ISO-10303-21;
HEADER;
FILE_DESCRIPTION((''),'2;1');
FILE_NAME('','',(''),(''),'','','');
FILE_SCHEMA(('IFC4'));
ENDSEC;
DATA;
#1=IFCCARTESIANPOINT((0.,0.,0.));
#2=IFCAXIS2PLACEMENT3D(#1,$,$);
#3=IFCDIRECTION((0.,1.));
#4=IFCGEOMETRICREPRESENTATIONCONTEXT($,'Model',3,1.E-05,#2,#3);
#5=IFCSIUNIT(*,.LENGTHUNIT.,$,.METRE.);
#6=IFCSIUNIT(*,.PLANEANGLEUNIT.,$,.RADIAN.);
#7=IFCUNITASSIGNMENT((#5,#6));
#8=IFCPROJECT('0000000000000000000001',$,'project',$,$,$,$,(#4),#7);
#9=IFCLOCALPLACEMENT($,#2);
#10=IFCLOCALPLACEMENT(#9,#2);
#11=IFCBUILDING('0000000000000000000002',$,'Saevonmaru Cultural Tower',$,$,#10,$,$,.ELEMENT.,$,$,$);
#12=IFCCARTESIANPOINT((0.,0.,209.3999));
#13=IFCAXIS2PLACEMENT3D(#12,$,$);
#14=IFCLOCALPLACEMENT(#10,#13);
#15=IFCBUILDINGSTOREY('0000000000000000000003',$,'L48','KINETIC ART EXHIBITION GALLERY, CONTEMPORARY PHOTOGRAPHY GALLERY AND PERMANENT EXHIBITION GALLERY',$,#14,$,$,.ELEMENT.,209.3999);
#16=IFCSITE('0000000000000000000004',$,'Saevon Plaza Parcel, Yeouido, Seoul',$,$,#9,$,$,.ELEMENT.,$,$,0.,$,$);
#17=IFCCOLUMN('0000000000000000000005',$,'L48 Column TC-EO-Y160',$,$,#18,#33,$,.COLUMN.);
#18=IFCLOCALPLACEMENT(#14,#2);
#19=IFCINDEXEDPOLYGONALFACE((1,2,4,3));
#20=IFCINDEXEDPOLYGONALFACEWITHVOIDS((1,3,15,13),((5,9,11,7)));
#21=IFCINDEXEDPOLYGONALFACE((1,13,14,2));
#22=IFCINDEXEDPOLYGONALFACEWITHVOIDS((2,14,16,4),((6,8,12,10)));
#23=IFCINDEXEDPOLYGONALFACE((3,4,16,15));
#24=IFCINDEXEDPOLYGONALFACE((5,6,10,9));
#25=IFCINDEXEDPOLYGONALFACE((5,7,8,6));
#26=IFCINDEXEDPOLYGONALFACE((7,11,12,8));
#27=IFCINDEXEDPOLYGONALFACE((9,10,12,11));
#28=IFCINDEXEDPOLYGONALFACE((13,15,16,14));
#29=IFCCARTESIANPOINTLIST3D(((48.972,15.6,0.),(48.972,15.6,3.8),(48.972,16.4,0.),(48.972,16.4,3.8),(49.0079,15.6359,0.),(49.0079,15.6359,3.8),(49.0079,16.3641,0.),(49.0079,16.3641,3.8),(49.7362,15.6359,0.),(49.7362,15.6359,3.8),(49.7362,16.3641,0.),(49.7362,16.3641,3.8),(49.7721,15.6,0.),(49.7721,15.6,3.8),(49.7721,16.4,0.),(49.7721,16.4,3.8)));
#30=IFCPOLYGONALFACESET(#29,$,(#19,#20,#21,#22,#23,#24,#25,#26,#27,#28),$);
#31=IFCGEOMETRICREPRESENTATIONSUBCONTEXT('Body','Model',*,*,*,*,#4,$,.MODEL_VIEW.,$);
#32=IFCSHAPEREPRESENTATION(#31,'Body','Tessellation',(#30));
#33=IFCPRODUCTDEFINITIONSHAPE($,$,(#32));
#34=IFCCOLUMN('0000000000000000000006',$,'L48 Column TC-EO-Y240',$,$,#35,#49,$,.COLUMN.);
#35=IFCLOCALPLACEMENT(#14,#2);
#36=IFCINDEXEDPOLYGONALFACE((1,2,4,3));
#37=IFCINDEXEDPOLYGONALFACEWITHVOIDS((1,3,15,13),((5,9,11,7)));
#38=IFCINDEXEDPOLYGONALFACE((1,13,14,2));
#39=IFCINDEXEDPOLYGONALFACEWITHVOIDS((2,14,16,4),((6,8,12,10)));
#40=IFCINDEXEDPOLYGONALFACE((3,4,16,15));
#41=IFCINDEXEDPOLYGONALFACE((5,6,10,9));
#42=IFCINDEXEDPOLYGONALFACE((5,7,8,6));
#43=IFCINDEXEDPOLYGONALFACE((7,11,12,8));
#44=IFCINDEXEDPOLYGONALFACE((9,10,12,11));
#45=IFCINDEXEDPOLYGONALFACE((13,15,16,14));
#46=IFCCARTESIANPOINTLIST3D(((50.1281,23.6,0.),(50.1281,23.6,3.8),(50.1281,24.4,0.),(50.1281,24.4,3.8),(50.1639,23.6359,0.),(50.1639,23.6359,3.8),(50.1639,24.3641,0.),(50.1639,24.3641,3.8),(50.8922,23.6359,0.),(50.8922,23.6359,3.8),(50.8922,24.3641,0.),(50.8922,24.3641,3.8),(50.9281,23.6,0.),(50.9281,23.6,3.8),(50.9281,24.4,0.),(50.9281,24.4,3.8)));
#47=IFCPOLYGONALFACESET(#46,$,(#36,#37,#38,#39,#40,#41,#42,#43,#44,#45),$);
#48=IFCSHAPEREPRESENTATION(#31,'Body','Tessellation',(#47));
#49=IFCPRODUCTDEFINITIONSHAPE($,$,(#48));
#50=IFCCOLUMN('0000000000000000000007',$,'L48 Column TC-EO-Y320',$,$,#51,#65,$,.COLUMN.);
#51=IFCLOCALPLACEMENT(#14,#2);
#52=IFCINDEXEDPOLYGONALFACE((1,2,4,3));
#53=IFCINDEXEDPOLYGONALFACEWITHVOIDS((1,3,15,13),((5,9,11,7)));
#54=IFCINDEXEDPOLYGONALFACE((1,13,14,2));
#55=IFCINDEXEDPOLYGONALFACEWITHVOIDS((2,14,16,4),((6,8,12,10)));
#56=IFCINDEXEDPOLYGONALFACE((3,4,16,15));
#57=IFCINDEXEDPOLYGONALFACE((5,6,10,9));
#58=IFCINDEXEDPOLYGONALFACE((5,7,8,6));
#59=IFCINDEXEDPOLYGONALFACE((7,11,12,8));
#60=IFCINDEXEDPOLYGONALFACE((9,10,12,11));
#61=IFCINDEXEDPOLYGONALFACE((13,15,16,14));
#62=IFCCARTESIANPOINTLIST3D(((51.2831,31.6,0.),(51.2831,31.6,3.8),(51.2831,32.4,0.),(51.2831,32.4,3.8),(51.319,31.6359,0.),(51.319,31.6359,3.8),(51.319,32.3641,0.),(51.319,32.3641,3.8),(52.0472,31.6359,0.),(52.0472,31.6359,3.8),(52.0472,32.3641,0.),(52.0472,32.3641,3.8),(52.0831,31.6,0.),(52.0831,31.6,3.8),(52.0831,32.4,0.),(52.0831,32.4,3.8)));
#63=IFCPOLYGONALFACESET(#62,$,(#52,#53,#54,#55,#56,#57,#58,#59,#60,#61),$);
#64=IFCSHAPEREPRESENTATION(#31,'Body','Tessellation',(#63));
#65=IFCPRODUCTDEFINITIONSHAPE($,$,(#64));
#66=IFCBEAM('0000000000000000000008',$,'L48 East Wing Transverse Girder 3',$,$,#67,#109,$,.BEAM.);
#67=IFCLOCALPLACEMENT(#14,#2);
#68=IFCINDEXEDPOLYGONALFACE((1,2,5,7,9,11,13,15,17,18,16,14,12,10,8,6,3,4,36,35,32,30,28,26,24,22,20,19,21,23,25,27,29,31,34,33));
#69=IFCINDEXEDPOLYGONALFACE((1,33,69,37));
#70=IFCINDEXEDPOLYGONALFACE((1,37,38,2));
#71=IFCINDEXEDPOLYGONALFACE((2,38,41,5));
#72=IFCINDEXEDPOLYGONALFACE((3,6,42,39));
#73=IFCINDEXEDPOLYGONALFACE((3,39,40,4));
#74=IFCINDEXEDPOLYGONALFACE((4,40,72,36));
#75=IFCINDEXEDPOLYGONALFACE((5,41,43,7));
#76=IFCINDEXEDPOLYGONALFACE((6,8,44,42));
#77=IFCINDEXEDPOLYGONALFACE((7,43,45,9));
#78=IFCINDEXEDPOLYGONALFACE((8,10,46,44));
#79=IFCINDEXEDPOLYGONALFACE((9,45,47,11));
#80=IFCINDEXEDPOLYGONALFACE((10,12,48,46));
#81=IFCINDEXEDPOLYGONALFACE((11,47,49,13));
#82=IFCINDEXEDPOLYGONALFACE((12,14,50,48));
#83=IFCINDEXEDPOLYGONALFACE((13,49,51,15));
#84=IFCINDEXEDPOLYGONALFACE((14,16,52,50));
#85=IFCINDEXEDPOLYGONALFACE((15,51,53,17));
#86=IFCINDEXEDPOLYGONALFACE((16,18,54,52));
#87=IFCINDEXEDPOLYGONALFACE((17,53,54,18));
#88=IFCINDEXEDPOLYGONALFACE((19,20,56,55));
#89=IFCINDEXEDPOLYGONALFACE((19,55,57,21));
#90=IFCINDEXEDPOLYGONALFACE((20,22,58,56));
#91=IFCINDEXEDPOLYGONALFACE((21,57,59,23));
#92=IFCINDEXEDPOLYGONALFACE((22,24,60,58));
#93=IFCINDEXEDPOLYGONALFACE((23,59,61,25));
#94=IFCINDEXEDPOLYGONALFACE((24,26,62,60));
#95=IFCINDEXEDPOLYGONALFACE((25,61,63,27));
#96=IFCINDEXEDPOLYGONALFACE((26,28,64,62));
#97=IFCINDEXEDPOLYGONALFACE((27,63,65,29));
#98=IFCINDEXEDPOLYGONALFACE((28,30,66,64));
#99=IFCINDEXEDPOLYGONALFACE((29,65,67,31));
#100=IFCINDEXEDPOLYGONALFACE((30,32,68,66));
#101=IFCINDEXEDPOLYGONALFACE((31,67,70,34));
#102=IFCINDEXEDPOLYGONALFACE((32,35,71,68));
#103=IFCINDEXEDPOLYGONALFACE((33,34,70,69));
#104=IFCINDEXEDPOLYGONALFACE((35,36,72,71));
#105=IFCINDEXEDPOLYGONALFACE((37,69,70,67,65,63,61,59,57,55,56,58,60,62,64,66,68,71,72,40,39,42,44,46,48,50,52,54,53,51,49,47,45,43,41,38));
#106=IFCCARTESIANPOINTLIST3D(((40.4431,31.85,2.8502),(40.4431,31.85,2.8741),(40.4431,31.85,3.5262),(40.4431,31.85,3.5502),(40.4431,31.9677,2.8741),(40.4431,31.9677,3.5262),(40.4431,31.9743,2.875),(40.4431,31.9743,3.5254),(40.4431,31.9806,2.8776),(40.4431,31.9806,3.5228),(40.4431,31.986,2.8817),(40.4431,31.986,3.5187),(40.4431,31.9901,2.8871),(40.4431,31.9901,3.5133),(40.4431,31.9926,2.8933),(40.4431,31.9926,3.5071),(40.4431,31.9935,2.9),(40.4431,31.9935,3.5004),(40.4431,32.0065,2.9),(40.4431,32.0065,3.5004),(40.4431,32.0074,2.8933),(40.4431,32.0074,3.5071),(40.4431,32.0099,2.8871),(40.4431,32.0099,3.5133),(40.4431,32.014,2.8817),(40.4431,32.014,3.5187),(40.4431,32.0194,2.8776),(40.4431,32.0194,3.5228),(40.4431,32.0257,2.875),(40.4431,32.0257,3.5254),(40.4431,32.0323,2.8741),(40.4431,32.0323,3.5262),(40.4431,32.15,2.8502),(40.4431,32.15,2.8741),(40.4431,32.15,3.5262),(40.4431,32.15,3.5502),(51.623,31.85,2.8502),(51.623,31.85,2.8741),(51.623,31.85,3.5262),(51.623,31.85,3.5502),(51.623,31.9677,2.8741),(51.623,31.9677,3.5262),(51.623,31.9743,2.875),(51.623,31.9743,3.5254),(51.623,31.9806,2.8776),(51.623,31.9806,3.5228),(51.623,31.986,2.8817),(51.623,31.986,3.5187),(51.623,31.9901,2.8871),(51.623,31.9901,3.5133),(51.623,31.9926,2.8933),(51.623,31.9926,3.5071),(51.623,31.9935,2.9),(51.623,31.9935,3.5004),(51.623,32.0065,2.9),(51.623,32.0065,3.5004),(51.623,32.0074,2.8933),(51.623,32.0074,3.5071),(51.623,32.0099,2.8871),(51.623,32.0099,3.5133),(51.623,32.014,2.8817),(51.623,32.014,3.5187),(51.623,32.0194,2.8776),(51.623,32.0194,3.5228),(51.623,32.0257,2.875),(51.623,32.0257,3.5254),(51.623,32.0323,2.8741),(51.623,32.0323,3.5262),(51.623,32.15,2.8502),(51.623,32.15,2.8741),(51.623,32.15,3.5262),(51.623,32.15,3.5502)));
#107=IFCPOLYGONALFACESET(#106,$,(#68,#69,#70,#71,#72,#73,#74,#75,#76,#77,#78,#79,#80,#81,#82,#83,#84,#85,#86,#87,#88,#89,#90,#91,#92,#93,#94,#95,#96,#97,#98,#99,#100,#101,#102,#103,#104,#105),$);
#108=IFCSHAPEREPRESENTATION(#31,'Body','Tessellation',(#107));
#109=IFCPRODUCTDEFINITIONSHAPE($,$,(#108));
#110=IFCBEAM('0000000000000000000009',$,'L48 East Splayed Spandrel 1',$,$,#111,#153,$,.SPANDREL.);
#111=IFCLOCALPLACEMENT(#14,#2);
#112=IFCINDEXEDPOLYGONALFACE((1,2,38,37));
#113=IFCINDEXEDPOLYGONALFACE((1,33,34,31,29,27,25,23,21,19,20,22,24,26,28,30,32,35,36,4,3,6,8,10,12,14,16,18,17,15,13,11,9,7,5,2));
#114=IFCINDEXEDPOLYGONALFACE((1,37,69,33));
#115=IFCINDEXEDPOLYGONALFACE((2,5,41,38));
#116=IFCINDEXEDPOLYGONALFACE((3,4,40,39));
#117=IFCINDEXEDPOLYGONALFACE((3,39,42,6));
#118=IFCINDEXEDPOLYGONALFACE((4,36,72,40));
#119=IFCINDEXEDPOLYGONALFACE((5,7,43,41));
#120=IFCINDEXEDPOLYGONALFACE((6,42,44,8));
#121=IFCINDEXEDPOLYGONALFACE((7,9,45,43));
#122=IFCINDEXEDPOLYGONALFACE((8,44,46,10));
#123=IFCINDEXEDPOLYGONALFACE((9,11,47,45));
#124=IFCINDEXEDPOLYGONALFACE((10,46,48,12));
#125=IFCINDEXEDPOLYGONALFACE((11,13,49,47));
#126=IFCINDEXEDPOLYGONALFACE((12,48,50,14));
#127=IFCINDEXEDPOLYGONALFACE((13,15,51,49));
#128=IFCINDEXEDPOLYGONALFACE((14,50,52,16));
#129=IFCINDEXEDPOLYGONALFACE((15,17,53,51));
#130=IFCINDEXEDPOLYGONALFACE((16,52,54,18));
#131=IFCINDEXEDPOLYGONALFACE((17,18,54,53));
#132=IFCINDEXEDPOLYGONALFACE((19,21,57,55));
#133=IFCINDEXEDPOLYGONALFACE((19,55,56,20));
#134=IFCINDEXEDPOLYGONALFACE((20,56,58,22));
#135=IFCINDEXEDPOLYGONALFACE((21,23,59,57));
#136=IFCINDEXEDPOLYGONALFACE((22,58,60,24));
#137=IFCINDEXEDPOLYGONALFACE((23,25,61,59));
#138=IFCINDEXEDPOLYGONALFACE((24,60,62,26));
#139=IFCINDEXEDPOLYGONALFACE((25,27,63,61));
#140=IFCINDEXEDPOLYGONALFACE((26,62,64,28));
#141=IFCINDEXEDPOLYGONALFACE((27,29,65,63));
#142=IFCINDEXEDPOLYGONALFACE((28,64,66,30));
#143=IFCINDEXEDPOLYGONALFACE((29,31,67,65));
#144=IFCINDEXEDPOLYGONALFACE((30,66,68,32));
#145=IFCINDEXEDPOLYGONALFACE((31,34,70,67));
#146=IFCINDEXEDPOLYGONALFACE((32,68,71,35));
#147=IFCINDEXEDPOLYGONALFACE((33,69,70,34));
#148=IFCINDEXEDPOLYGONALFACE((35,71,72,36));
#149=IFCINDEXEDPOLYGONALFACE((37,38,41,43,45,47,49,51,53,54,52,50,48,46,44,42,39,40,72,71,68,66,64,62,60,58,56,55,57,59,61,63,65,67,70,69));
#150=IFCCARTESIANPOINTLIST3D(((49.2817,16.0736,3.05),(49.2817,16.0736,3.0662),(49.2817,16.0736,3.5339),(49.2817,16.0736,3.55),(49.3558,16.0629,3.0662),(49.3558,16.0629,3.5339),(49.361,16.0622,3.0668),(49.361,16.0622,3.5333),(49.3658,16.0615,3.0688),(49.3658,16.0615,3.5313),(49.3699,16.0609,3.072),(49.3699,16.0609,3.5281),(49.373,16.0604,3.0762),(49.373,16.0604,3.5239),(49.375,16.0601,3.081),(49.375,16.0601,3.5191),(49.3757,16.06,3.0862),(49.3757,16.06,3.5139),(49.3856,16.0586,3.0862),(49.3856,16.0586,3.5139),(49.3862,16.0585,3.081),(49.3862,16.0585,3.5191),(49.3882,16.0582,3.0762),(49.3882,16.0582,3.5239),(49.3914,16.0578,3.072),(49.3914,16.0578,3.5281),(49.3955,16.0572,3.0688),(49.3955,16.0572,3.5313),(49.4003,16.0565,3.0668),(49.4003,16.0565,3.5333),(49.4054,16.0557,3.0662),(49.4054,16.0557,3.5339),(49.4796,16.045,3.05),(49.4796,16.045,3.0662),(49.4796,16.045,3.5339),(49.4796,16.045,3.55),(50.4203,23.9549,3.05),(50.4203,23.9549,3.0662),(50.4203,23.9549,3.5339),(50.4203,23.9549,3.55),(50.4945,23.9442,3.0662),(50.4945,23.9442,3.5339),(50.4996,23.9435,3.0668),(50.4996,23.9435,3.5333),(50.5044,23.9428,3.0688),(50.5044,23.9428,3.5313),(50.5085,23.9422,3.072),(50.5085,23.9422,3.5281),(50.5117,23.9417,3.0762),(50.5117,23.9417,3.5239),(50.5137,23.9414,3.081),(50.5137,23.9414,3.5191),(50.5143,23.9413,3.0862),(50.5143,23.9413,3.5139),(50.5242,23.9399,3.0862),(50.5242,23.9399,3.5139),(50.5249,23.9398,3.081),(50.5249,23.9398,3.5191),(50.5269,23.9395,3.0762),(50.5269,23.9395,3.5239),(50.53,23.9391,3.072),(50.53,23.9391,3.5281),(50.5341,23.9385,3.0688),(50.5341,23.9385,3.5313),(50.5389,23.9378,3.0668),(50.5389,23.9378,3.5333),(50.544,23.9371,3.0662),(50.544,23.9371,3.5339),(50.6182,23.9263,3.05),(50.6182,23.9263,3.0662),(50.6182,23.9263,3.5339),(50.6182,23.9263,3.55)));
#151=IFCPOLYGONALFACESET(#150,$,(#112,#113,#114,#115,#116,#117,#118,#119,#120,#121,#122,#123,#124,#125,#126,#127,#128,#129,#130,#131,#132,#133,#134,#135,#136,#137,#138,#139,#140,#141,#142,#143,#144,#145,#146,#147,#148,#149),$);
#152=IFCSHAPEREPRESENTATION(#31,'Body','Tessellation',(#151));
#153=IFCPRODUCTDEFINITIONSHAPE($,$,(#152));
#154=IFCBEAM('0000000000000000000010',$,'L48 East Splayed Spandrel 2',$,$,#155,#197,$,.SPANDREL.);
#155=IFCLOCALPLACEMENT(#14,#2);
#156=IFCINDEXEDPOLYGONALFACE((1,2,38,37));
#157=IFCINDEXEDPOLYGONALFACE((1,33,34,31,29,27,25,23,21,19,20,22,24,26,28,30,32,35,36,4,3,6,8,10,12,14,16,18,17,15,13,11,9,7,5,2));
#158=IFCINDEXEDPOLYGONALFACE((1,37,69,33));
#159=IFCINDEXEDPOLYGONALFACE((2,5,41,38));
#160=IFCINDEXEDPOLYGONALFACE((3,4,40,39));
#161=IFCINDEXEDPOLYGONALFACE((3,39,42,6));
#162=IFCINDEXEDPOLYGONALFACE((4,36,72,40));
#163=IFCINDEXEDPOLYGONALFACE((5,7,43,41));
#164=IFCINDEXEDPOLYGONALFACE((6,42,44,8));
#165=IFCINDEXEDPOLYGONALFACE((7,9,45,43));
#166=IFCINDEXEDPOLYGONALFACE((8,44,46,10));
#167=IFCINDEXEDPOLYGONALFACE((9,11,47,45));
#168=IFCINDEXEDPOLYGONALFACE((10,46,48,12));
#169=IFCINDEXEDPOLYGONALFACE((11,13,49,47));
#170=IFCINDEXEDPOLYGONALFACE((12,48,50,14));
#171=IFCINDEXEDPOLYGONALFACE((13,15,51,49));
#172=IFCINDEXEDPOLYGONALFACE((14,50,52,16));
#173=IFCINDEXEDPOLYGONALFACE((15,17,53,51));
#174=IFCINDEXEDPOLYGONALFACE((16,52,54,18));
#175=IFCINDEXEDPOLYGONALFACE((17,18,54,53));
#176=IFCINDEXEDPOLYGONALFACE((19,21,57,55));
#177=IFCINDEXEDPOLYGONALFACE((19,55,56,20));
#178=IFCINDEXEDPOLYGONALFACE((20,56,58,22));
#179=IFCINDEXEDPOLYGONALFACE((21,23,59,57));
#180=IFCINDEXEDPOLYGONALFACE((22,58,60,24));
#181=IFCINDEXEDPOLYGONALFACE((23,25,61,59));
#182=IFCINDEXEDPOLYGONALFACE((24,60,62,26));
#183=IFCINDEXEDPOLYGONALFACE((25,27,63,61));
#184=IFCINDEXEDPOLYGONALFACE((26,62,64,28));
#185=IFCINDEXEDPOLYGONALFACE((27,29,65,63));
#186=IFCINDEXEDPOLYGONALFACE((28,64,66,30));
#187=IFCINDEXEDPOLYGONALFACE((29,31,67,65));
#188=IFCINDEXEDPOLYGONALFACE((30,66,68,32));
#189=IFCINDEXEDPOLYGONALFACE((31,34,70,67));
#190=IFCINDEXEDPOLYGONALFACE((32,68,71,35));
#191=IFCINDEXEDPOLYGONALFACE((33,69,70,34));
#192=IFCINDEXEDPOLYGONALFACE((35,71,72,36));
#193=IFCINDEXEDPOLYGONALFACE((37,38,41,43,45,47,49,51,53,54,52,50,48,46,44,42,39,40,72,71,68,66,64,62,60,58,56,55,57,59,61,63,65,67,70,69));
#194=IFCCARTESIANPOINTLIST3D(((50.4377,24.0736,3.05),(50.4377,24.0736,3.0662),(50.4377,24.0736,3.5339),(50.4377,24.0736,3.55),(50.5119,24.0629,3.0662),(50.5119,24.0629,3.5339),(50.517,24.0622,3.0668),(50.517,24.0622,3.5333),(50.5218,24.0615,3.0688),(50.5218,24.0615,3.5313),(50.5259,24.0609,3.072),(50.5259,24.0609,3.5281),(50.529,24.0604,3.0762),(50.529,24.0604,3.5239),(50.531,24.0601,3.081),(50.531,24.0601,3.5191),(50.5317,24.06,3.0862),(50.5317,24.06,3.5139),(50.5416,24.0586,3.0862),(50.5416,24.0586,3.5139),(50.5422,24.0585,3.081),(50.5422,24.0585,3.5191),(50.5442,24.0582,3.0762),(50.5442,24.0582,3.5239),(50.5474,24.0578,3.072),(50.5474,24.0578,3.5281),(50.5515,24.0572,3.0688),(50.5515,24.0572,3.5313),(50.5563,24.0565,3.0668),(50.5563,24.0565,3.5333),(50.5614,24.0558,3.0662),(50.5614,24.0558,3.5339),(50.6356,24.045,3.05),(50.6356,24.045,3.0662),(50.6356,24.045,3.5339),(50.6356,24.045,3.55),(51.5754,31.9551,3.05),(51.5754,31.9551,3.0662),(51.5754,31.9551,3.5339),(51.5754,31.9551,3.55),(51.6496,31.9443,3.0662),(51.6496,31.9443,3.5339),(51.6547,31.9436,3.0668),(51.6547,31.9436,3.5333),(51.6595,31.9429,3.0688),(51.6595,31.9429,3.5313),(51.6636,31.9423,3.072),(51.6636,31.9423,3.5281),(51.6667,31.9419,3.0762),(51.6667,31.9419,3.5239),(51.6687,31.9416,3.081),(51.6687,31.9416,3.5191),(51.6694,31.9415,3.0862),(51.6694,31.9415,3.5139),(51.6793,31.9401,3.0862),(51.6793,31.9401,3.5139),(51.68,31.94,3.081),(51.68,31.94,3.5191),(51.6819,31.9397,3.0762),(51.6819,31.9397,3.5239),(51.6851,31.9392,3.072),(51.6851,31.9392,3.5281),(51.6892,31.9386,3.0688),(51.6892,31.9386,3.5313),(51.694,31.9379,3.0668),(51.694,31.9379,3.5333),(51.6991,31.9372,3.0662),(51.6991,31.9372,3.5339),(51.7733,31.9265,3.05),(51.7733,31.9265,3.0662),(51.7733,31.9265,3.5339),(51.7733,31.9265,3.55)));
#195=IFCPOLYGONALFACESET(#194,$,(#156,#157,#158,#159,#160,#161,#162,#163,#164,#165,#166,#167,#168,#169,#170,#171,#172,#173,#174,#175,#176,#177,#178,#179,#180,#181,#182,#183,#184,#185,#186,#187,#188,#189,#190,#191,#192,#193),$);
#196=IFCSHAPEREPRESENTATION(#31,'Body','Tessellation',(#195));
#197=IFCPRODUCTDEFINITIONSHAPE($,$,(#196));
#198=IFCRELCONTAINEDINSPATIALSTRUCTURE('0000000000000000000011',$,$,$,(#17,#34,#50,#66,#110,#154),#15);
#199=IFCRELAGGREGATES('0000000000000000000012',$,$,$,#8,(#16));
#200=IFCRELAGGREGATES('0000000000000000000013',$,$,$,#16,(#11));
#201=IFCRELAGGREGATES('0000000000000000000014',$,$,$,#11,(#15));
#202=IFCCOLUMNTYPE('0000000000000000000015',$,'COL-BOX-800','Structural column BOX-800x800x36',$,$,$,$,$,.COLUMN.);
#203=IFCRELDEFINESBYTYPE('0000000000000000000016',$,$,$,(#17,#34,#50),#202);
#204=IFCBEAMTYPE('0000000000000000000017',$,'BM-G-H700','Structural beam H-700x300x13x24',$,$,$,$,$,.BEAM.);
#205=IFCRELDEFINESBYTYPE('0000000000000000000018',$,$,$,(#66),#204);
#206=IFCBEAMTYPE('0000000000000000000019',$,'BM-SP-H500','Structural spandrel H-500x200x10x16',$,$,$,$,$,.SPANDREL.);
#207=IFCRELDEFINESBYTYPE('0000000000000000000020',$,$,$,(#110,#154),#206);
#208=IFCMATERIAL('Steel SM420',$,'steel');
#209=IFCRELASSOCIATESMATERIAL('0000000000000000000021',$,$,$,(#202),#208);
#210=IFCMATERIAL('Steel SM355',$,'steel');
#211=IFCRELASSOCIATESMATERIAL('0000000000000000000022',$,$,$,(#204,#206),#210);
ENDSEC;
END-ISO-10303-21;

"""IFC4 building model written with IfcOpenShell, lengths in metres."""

from ifc_helpers import new_model, si_unit, direction, frame, origin, origin_2d, place, context, subcontext, project, spatial, hollow_rectangle, i_section, extrude, material, material_profile, profile_set, type_object, element, save


model = new_model("IFC4")

# Units and contexts
model_context = context("Model", 3, precision=1e-05, world=origin(), true_north=direction((0.0, 1.0)))
body_context = subcontext(model_context, "Body", "Model", "MODEL_VIEW")
ifc_project = project(units=[si_unit("LENGTHUNIT", "METRE"), si_unit("PLANEANGLEUNIT", "RADIAN")], contexts=[model_context])

# Site, building, storey
site_placement = place(None, origin())
site = spatial("IfcSite", under=ifc_project, at=site_placement, Name="Saevon Plaza Parcel, Yeouido, Seoul", CompositionType="ELEMENT", RefElevation=0.0)
building_placement = place(site_placement, origin())
building = spatial("IfcBuilding", under=site, at=building_placement, Name="Saevonmaru Cultural Tower", CompositionType="ELEMENT")
storey_placement = place(building_placement, frame((0.0, 0.0, 209.3999)))
storey = spatial("IfcBuildingStorey", under=building, at=storey_placement, Name="L48", Description="KINETIC ART EXHIBITION GALLERY, CONTEMPORARY PHOTOGRAPHY GALLERY AND PERMANENT EXHIBITION GALLERY", CompositionType="ELEMENT", Elevation=209.3999)

# Columns
ifc_material_1 = material(Name="Steel SM420", Category="steel")
ifc_material_profile_1 = material_profile(ifc_material_1, hollow_rectangle(XDim=0.8, YDim=0.8, WallThickness=0.0359, at=origin_2d()), Name="BOX-800x800x36")
ifc_profile_set_1 = profile_set([ifc_material_profile_1], Name="Steel SM420")
column_type = type_object("IfcColumnType", Name="COL-BOX-800", Description="Structural column BOX-800x800x36", PredefinedType="COLUMN", material=ifc_profile_set_1)
for number, where, z_axis, x_axis, name in (
    (1, (49.3721, 16.0, 0.0), (0.0, 0.0, 1.0), (1.0, 0.0, 0.0), "L48 Column TC-EO-Y160"),
    (2, (50.5281, 24.0, 0.0), (0.0, 0.0, 1.0), (1.0, 0.0, 0.0), "L48 Column TC-EO-Y240"),
    (3, (51.6831, 32.0, 0.0), (0.0, 0.0, 1.0), (1.0, 0.0, 0.0), "L48 Column TC-EO-Y320"),
):
    element("IfcColumn", number, at=place(storey_placement, frame(where, z_axis=z_axis, x_axis=x_axis)), inside=storey, type_object=column_type, Name=name, PredefinedType="COLUMN", context=body_context, shape_type="SweptSolid", body=[
        extrude(hollow_rectangle(XDim=0.8, YDim=0.8, WallThickness=0.0359, at=origin_2d()), origin(), (0.0, 0.0, 1.0), 3.8),
    ])

# Beams
ifc_material_2 = material(Name="Steel SM355", Category="steel")
ifc_material_profile_2 = material_profile(ifc_material_2, i_section(OverallWidth=0.3, OverallDepth=0.7, WebThickness=0.0129, FlangeThickness=0.0239, FilletRadius=0.0259, at=origin_2d()), Name="H-700x300x13x24")
ifc_profile_set_2 = profile_set([ifc_material_profile_2], Name="Steel SM355")
beam_type_1 = type_object("IfcBeamType", Name="BM-G-H700", Description="Structural beam H-700x300x13x24", PredefinedType="BEAM", material=ifc_profile_set_2)
beam_placement = place(storey_placement, frame((40.4431, 32.0, 3.2002), z_axis=(1.0, 0.0, 0.0), x_axis=(0.0, 1.0, 0.0)))
element("IfcBeam", 4, at=beam_placement, inside=storey, type_object=beam_type_1, Name="L48 East Wing Transverse Girder 3", PredefinedType="BEAM", context=body_context, shape_type="SweptSolid", body=[
    extrude(i_section(OverallWidth=0.3, OverallDepth=0.7, WebThickness=0.0129, FlangeThickness=0.0239, FilletRadius=0.0259, at=origin_2d()), origin(), (0.0, 0.0, 1.0), 11.1799),
])
ifc_material_profile_3 = material_profile(ifc_material_2, i_section(OverallWidth=0.2, OverallDepth=0.5, WebThickness=0.01, FlangeThickness=0.0161, FilletRadius=0.02, at=origin_2d()), Name="H-500x200x10x16")
ifc_profile_set_3 = profile_set([ifc_material_profile_3], Name="Steel SM355")
beam_type_2 = type_object("IfcBeamType", Name="BM-SP-H500", Description="Structural spandrel H-500x200x10x16", PredefinedType="SPANDREL", material=ifc_profile_set_3)
for number, where, z_axis, x_axis, name in (
    (5, (49.3806, 16.0593, 3.3), (0.142992, 0.989724, 0.0), (-0.989724, 0.142992, 0.0), "L48 East Splayed Spandrel 1"),
    (6, (50.5366, 24.0593, 3.3), (0.142872, 0.989741, 0.0), (-0.989741, 0.142872, 0.0), "L48 East Splayed Spandrel 2"),
):
    element("IfcBeam", number, at=place(storey_placement, frame(where, z_axis=z_axis, x_axis=x_axis)), inside=storey, type_object=beam_type_2, Name=name, PredefinedType="SPANDREL", context=body_context, shape_type="SweptSolid", body=[
        extrude(i_section(OverallWidth=0.2, OverallDepth=0.5, WebThickness=0.01, FlangeThickness=0.0161, FilletRadius=0.02, at=origin_2d()), origin(), (0.0, 0.0, 1.0), 7.9631),
    ])

save(model, "model.ifc")
